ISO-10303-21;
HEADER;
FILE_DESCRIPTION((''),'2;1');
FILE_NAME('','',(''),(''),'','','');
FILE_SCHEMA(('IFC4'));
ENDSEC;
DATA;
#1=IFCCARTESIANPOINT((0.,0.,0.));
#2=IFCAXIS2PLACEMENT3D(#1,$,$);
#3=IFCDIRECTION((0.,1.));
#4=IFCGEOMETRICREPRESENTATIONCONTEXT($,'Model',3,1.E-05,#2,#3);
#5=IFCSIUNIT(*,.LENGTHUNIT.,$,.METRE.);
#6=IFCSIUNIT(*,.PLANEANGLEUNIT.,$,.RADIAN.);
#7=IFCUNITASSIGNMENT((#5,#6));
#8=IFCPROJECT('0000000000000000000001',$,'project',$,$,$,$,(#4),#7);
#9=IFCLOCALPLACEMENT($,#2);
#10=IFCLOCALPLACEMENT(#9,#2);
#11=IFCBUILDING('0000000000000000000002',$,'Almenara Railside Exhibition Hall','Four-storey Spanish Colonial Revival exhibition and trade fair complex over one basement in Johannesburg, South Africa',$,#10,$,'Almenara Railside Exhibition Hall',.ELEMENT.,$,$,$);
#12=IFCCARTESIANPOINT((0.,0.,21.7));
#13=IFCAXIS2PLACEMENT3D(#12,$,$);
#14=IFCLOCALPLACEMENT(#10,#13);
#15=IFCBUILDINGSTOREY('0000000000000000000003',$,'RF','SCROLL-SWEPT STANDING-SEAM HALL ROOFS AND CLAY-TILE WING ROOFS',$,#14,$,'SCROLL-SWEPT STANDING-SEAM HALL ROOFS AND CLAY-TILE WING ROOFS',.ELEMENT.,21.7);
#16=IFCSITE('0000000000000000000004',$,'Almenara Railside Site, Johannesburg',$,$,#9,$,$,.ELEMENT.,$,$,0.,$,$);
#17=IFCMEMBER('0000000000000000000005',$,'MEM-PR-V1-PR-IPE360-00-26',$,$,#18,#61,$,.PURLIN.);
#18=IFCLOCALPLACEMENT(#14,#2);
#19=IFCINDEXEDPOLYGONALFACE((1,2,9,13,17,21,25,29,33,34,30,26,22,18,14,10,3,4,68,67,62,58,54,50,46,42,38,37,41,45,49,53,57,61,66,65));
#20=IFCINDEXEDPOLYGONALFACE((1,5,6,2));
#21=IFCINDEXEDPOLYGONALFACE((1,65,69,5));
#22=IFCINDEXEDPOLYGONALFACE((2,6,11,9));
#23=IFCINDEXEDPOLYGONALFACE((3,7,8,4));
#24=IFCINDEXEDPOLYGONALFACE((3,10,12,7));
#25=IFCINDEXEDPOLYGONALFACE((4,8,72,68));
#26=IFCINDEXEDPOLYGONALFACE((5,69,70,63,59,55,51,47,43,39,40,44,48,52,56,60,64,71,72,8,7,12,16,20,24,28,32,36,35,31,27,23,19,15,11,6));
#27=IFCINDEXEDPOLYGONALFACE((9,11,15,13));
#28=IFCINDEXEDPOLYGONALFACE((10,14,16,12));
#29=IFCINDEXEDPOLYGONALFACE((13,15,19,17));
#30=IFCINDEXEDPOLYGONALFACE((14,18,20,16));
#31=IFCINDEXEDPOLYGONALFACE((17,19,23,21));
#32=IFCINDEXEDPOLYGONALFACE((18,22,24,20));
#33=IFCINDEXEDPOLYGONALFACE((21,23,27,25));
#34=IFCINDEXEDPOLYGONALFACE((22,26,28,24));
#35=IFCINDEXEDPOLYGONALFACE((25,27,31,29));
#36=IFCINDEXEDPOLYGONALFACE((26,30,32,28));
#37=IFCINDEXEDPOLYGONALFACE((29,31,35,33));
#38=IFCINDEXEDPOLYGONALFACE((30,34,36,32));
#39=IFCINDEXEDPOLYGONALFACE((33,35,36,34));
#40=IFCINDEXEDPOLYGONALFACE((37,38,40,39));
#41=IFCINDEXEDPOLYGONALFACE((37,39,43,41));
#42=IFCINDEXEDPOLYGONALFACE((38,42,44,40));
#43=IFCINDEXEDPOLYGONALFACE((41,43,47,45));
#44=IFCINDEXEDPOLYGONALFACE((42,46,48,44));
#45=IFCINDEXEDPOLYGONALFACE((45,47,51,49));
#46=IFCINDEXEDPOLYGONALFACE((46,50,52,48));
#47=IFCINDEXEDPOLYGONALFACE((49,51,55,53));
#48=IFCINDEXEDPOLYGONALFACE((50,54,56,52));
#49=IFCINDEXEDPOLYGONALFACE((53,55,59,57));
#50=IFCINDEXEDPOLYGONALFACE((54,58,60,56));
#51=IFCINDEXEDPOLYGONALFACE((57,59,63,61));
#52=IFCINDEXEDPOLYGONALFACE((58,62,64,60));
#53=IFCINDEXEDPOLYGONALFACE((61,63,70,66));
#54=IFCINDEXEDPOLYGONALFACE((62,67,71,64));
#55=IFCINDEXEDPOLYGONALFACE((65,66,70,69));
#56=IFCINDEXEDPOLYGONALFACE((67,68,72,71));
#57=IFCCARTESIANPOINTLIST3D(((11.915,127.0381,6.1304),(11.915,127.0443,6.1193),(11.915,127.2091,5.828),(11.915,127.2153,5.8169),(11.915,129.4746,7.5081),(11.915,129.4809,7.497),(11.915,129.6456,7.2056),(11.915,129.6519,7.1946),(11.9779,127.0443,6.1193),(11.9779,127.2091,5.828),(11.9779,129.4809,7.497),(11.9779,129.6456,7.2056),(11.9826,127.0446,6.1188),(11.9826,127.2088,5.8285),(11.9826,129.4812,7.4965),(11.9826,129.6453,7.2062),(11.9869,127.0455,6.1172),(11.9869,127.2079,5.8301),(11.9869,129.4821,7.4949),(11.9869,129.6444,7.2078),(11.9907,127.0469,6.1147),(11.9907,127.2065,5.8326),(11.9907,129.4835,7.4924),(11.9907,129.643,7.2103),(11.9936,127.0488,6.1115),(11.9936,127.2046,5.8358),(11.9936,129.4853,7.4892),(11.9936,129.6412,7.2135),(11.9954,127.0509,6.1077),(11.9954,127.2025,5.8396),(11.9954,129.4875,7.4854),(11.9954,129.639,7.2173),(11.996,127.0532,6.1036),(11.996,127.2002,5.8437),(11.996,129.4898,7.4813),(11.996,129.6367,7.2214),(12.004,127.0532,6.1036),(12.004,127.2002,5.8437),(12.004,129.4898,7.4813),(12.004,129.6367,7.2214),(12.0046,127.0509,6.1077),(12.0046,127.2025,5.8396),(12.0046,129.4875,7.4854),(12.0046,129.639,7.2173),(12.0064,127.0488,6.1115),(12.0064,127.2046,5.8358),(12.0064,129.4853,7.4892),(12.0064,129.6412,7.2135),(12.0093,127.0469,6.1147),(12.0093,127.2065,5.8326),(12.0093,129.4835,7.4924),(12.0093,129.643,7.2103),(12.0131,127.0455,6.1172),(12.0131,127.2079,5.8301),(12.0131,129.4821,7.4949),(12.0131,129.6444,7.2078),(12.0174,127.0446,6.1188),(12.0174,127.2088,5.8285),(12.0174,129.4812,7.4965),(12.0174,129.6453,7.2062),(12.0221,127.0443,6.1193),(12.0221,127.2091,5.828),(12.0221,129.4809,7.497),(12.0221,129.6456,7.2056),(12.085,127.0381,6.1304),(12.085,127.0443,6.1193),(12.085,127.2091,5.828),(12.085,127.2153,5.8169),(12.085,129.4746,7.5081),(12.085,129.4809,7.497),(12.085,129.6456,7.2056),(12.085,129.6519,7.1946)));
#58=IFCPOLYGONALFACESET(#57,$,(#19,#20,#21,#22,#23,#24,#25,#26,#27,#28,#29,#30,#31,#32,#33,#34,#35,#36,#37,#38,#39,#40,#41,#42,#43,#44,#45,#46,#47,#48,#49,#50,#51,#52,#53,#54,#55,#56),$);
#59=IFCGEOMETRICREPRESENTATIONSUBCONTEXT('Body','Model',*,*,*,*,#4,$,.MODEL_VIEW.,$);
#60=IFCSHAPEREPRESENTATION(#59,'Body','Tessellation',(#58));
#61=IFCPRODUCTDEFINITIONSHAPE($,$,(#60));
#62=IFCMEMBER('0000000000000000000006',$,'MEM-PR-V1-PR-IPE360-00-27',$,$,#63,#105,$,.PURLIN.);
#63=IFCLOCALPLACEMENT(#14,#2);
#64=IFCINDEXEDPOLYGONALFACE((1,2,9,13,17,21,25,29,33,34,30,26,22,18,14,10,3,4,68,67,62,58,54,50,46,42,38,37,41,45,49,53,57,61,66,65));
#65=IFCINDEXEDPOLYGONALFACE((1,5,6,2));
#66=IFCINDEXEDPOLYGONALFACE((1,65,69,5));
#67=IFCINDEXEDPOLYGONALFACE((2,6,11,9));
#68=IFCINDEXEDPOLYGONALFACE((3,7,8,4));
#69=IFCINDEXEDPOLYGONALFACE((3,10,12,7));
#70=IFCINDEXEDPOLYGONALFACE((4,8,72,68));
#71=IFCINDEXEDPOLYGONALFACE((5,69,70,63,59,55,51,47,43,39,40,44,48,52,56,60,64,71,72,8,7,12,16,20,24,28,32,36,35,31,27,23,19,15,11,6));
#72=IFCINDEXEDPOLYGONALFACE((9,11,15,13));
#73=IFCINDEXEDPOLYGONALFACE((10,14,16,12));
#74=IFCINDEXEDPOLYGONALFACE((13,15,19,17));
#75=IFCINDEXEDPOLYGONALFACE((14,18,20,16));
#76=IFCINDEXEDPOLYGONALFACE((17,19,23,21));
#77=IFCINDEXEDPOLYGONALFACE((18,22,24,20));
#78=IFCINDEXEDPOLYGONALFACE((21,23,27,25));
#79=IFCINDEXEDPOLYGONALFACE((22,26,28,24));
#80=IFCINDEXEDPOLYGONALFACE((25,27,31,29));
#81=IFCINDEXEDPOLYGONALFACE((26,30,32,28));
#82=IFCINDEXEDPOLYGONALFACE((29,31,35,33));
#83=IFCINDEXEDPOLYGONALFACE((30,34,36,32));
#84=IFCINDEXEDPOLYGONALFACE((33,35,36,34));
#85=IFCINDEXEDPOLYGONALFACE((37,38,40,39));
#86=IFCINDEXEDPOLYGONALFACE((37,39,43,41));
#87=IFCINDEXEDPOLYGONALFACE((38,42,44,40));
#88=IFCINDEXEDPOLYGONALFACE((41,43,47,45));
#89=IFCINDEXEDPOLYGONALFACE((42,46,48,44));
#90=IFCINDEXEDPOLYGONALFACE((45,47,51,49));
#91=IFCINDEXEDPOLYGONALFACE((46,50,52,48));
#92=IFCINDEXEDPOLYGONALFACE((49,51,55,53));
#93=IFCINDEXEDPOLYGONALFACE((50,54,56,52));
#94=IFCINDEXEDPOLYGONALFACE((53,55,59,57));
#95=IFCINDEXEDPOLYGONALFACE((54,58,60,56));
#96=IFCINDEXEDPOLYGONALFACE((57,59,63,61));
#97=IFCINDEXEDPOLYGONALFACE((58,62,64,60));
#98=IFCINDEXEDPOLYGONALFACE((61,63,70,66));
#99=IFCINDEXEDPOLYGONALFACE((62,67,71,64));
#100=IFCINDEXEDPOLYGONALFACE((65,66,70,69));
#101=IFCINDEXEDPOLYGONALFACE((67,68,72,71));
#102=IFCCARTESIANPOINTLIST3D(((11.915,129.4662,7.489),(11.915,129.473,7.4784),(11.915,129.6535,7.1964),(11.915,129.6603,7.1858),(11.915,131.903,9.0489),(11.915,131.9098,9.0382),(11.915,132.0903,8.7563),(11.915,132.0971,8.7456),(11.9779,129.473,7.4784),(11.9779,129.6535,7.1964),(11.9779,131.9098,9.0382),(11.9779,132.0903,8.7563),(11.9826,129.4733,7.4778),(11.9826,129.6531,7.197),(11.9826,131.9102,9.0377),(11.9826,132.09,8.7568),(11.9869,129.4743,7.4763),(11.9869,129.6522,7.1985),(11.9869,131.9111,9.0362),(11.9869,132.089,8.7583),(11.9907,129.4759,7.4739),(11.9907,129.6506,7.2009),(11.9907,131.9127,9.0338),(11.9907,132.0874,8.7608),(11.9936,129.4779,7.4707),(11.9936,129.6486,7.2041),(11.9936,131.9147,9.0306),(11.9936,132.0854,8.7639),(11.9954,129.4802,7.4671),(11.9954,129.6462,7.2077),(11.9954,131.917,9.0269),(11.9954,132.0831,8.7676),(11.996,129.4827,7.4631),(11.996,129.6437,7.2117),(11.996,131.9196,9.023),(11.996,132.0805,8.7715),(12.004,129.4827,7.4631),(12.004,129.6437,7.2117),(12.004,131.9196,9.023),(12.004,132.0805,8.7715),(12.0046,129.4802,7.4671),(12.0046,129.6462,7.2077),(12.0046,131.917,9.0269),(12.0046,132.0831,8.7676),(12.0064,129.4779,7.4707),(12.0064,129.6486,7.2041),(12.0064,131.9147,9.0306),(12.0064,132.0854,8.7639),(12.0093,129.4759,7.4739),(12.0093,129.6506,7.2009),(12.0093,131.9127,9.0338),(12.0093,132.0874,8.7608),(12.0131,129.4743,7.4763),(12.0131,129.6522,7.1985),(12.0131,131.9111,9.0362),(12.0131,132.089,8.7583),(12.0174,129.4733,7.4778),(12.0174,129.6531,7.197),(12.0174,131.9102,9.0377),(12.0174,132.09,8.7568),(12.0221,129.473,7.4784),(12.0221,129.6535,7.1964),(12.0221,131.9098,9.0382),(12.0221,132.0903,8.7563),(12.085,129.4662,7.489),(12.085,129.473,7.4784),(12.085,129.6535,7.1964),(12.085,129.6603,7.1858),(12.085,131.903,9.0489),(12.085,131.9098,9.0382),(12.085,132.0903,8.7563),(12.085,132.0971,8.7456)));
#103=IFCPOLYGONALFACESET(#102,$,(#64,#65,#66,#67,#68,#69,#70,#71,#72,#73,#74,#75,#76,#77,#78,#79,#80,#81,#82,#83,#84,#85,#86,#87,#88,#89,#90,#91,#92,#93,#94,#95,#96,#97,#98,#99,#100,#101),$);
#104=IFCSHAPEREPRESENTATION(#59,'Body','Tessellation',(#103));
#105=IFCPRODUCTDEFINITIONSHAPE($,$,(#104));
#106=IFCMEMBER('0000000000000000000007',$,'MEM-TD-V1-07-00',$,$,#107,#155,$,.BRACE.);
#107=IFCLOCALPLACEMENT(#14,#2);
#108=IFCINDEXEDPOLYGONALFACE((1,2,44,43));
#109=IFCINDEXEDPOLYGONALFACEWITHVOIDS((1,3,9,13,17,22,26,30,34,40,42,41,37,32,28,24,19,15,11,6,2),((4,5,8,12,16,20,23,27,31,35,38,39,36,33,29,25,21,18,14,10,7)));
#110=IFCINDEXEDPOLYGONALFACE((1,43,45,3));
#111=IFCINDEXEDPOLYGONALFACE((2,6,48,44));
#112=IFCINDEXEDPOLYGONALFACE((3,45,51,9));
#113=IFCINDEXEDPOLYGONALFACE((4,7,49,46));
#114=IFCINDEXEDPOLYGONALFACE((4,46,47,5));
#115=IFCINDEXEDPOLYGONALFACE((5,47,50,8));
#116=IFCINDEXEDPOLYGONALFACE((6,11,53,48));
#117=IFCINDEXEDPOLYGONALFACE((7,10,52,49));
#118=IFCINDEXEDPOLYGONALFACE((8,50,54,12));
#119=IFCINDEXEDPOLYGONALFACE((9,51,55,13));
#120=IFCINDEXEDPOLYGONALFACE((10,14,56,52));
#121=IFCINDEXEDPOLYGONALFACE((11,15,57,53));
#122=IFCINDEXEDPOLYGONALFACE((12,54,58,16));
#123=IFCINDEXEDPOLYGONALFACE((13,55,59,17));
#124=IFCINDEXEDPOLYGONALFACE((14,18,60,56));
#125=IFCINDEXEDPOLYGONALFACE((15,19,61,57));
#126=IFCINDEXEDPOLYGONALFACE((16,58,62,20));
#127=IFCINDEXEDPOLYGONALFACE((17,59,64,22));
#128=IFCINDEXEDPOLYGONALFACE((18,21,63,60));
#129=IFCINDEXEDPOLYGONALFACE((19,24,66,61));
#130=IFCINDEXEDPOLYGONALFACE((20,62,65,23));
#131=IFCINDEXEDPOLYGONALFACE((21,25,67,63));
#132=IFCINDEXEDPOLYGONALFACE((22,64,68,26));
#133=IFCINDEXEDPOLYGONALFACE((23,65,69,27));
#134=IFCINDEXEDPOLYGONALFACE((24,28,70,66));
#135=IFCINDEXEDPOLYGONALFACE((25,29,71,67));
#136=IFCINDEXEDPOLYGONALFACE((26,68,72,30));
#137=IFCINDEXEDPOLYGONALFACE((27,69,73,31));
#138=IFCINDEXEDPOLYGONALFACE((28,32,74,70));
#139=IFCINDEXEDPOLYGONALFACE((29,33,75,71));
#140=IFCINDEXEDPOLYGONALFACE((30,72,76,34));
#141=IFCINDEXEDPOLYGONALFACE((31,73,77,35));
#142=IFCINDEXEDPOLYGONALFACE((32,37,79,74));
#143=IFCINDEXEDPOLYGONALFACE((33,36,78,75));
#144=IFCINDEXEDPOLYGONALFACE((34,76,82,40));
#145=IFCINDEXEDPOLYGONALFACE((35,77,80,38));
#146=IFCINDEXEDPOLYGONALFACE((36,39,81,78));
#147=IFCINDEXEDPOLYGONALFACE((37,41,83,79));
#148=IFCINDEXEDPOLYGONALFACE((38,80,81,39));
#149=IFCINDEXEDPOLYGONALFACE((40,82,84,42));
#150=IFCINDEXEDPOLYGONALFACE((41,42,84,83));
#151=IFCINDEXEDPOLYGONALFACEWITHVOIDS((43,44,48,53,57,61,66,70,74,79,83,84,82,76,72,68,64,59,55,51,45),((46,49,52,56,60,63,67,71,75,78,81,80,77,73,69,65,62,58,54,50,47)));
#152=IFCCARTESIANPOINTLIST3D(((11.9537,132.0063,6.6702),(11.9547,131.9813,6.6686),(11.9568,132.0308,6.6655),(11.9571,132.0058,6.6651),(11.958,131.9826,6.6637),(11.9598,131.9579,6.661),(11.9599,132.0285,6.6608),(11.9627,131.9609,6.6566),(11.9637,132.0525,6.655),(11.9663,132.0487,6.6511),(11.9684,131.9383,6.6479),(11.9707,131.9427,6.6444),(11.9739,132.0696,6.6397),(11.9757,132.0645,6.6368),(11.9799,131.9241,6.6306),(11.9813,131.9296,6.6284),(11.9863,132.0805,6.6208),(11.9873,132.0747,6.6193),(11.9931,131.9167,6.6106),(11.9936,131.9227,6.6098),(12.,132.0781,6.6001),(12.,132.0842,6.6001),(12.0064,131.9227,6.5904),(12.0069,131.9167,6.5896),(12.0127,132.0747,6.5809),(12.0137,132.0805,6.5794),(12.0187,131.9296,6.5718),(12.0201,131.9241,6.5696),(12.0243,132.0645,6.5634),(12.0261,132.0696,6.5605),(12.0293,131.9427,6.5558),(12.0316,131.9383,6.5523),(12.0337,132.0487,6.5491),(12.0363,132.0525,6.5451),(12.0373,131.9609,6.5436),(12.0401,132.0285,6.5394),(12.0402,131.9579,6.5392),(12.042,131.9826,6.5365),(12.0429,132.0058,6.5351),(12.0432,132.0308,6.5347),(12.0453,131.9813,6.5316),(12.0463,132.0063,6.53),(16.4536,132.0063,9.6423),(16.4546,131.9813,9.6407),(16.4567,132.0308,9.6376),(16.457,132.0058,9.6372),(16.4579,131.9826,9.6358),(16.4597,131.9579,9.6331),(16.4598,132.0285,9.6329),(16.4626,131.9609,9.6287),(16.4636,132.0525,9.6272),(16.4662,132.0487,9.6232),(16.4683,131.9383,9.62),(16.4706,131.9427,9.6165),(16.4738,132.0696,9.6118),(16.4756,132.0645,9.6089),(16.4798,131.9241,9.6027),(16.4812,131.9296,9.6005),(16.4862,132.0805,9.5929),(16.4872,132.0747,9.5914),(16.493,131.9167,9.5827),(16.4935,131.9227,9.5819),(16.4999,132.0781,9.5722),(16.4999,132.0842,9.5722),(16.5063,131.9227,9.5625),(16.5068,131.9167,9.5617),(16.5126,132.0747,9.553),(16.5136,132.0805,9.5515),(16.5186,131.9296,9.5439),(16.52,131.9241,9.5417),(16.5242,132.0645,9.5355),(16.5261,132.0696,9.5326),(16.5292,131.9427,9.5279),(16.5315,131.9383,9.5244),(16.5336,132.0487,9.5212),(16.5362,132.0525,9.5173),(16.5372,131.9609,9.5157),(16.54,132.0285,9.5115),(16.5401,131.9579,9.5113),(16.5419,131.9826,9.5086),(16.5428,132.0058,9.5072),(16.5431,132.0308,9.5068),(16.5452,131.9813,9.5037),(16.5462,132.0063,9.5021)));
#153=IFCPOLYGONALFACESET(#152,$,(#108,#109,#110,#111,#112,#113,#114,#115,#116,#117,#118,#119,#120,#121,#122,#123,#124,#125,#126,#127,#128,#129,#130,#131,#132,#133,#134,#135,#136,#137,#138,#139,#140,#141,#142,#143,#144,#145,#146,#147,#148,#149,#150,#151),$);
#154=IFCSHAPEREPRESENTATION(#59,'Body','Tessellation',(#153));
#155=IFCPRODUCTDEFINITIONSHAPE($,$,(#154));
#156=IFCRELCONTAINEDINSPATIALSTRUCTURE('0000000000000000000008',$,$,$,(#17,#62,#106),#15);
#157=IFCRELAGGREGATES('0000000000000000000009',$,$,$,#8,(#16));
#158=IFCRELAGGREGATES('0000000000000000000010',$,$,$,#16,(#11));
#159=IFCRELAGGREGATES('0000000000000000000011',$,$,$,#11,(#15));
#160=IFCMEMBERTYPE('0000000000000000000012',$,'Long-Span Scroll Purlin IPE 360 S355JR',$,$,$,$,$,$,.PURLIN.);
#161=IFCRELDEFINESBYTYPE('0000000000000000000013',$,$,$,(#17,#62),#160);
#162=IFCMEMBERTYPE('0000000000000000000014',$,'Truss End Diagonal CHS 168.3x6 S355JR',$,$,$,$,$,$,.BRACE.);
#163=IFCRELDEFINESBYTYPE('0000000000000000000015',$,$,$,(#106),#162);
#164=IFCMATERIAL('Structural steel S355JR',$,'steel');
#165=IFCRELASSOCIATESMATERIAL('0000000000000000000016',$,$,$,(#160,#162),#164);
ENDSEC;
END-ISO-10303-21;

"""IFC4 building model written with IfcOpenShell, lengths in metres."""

from ifc_helpers import new_model, si_unit, direction, frame, origin, origin_2d, place, context, subcontext, project, spatial, hollow_circle, i_section, extrude, material, material_profile, profile_set, type_object, element, save


model = new_model("IFC4")

# Units and contexts
model_context = context("Model", 3, precision=1e-05, world=origin(), true_north=direction((0.0, 1.0)))
body_context = subcontext(model_context, "Body", "Model", "MODEL_VIEW")
ifc_project = project(units=[si_unit("LENGTHUNIT", "METRE"), si_unit("PLANEANGLEUNIT", "RADIAN")], contexts=[model_context])

# Site, building, storey
site_placement = place(None, origin())
site = spatial("IfcSite", under=ifc_project, at=site_placement, Name="Almenara Railside Site, Johannesburg", CompositionType="ELEMENT", RefElevation=0.0)
building_placement = place(site_placement, origin())
building = spatial("IfcBuilding", under=site, at=building_placement, Name="Almenara Railside Exhibition Hall", Description="Four-storey Spanish Colonial Revival exhibition and trade fair complex over one basement in Johannesburg, South Africa", LongName="Almenara Railside Exhibition Hall", CompositionType="ELEMENT")
storey_placement = place(building_placement, frame((0.0, 0.0, 21.7)))
storey = spatial("IfcBuildingStorey", under=building, at=storey_placement, Name="RF", Description="SCROLL-SWEPT STANDING-SEAM HALL ROOFS AND CLAY-TILE WING ROOFS", LongName="SCROLL-SWEPT STANDING-SEAM HALL ROOFS AND CLAY-TILE WING ROOFS", CompositionType="ELEMENT", Elevation=21.7)

# Shared definitions
ifc_material_1 = material(Name="Structural steel S355JR", Category="steel")

# Members
ifc_material_profile_1 = material_profile(ifc_material_1, i_section(OverallWidth=0.1699, OverallDepth=0.3601, WebThickness=0.0081, FlangeThickness=0.0127, FilletRadius=0.0181, at=origin_2d()), Name="IPE 360")
ifc_profile_set_1 = profile_set([ifc_material_profile_1], Name="Structural steel S355JR")
member_type_1 = type_object("IfcMemberType", Name="Long-Span Scroll Purlin IPE 360 S355JR", PredefinedType="PURLIN", material=ifc_profile_set_1)
member_1_placement = place(storey_placement, frame((12.0, 127.1267, 5.9736), z_axis=(0.0, 0.870483, 0.492198), x_axis=(-1.0, 0.0, 0.0)))
element("IfcMember", 1, at=member_1_placement, inside=storey, type_object=member_type_1, Name="MEM-PR-V1-PR-IPE360-00-26", PredefinedType="PURLIN", context=body_context, shape_type="SweptSolid", body=[
    extrude(i_section(OverallWidth=0.1699, OverallDepth=0.3601, WebThickness=0.0081, FlangeThickness=0.0127, FilletRadius=0.0181, at=origin_2d()), origin(), (0.0, 0.0, 1.0), 2.7991),
])
member_2_placement = place(storey_placement, frame((12.0, 129.5632, 7.3374), z_axis=(0.0, 0.842227, 0.539123), x_axis=(-1.0, 0.0, 0.0)))
element("IfcMember", 2, at=member_2_placement, inside=storey, type_object=member_type_1, Name="MEM-PR-V1-PR-IPE360-00-27", PredefinedType="PURLIN", context=body_context, shape_type="SweptSolid", body=[
    extrude(i_section(OverallWidth=0.1699, OverallDepth=0.3601, WebThickness=0.0081, FlangeThickness=0.0127, FilletRadius=0.0181, at=origin_2d()), origin(), (0.0, 0.0, 1.0), 2.8933),
])
ifc_material_profile_2 = material_profile(ifc_material_1, hollow_circle(Radius=0.0842, WallThickness=0.0061, at=origin_2d()), Name="CHS 168.3x6")
ifc_profile_set_2 = profile_set([ifc_material_profile_2], Name="Structural steel S355JR")
member_type_2 = type_object("IfcMemberType", Name="Truss End Diagonal CHS 168.3x6 S355JR", PredefinedType="BRACE", material=ifc_profile_set_2)
member_3_placement = place(storey_placement, frame((12.0, 132.0, 6.6001), z_axis=(0.834425, 0.0, 0.551122), x_axis=(0.0, 1.0, 0.0)))
element("IfcMember", 3, at=member_3_placement, inside=storey, type_object=member_type_2, Name="MEM-TD-V1-07-00", PredefinedType="BRACE", context=body_context, shape_type="SweptSolid", body=[
    extrude(hollow_circle(Radius=0.0842, WallThickness=0.0061, at=origin_2d()), origin(), (0.0, 0.0, 1.0), 5.3928),
])

save(model, "model.ifc")
